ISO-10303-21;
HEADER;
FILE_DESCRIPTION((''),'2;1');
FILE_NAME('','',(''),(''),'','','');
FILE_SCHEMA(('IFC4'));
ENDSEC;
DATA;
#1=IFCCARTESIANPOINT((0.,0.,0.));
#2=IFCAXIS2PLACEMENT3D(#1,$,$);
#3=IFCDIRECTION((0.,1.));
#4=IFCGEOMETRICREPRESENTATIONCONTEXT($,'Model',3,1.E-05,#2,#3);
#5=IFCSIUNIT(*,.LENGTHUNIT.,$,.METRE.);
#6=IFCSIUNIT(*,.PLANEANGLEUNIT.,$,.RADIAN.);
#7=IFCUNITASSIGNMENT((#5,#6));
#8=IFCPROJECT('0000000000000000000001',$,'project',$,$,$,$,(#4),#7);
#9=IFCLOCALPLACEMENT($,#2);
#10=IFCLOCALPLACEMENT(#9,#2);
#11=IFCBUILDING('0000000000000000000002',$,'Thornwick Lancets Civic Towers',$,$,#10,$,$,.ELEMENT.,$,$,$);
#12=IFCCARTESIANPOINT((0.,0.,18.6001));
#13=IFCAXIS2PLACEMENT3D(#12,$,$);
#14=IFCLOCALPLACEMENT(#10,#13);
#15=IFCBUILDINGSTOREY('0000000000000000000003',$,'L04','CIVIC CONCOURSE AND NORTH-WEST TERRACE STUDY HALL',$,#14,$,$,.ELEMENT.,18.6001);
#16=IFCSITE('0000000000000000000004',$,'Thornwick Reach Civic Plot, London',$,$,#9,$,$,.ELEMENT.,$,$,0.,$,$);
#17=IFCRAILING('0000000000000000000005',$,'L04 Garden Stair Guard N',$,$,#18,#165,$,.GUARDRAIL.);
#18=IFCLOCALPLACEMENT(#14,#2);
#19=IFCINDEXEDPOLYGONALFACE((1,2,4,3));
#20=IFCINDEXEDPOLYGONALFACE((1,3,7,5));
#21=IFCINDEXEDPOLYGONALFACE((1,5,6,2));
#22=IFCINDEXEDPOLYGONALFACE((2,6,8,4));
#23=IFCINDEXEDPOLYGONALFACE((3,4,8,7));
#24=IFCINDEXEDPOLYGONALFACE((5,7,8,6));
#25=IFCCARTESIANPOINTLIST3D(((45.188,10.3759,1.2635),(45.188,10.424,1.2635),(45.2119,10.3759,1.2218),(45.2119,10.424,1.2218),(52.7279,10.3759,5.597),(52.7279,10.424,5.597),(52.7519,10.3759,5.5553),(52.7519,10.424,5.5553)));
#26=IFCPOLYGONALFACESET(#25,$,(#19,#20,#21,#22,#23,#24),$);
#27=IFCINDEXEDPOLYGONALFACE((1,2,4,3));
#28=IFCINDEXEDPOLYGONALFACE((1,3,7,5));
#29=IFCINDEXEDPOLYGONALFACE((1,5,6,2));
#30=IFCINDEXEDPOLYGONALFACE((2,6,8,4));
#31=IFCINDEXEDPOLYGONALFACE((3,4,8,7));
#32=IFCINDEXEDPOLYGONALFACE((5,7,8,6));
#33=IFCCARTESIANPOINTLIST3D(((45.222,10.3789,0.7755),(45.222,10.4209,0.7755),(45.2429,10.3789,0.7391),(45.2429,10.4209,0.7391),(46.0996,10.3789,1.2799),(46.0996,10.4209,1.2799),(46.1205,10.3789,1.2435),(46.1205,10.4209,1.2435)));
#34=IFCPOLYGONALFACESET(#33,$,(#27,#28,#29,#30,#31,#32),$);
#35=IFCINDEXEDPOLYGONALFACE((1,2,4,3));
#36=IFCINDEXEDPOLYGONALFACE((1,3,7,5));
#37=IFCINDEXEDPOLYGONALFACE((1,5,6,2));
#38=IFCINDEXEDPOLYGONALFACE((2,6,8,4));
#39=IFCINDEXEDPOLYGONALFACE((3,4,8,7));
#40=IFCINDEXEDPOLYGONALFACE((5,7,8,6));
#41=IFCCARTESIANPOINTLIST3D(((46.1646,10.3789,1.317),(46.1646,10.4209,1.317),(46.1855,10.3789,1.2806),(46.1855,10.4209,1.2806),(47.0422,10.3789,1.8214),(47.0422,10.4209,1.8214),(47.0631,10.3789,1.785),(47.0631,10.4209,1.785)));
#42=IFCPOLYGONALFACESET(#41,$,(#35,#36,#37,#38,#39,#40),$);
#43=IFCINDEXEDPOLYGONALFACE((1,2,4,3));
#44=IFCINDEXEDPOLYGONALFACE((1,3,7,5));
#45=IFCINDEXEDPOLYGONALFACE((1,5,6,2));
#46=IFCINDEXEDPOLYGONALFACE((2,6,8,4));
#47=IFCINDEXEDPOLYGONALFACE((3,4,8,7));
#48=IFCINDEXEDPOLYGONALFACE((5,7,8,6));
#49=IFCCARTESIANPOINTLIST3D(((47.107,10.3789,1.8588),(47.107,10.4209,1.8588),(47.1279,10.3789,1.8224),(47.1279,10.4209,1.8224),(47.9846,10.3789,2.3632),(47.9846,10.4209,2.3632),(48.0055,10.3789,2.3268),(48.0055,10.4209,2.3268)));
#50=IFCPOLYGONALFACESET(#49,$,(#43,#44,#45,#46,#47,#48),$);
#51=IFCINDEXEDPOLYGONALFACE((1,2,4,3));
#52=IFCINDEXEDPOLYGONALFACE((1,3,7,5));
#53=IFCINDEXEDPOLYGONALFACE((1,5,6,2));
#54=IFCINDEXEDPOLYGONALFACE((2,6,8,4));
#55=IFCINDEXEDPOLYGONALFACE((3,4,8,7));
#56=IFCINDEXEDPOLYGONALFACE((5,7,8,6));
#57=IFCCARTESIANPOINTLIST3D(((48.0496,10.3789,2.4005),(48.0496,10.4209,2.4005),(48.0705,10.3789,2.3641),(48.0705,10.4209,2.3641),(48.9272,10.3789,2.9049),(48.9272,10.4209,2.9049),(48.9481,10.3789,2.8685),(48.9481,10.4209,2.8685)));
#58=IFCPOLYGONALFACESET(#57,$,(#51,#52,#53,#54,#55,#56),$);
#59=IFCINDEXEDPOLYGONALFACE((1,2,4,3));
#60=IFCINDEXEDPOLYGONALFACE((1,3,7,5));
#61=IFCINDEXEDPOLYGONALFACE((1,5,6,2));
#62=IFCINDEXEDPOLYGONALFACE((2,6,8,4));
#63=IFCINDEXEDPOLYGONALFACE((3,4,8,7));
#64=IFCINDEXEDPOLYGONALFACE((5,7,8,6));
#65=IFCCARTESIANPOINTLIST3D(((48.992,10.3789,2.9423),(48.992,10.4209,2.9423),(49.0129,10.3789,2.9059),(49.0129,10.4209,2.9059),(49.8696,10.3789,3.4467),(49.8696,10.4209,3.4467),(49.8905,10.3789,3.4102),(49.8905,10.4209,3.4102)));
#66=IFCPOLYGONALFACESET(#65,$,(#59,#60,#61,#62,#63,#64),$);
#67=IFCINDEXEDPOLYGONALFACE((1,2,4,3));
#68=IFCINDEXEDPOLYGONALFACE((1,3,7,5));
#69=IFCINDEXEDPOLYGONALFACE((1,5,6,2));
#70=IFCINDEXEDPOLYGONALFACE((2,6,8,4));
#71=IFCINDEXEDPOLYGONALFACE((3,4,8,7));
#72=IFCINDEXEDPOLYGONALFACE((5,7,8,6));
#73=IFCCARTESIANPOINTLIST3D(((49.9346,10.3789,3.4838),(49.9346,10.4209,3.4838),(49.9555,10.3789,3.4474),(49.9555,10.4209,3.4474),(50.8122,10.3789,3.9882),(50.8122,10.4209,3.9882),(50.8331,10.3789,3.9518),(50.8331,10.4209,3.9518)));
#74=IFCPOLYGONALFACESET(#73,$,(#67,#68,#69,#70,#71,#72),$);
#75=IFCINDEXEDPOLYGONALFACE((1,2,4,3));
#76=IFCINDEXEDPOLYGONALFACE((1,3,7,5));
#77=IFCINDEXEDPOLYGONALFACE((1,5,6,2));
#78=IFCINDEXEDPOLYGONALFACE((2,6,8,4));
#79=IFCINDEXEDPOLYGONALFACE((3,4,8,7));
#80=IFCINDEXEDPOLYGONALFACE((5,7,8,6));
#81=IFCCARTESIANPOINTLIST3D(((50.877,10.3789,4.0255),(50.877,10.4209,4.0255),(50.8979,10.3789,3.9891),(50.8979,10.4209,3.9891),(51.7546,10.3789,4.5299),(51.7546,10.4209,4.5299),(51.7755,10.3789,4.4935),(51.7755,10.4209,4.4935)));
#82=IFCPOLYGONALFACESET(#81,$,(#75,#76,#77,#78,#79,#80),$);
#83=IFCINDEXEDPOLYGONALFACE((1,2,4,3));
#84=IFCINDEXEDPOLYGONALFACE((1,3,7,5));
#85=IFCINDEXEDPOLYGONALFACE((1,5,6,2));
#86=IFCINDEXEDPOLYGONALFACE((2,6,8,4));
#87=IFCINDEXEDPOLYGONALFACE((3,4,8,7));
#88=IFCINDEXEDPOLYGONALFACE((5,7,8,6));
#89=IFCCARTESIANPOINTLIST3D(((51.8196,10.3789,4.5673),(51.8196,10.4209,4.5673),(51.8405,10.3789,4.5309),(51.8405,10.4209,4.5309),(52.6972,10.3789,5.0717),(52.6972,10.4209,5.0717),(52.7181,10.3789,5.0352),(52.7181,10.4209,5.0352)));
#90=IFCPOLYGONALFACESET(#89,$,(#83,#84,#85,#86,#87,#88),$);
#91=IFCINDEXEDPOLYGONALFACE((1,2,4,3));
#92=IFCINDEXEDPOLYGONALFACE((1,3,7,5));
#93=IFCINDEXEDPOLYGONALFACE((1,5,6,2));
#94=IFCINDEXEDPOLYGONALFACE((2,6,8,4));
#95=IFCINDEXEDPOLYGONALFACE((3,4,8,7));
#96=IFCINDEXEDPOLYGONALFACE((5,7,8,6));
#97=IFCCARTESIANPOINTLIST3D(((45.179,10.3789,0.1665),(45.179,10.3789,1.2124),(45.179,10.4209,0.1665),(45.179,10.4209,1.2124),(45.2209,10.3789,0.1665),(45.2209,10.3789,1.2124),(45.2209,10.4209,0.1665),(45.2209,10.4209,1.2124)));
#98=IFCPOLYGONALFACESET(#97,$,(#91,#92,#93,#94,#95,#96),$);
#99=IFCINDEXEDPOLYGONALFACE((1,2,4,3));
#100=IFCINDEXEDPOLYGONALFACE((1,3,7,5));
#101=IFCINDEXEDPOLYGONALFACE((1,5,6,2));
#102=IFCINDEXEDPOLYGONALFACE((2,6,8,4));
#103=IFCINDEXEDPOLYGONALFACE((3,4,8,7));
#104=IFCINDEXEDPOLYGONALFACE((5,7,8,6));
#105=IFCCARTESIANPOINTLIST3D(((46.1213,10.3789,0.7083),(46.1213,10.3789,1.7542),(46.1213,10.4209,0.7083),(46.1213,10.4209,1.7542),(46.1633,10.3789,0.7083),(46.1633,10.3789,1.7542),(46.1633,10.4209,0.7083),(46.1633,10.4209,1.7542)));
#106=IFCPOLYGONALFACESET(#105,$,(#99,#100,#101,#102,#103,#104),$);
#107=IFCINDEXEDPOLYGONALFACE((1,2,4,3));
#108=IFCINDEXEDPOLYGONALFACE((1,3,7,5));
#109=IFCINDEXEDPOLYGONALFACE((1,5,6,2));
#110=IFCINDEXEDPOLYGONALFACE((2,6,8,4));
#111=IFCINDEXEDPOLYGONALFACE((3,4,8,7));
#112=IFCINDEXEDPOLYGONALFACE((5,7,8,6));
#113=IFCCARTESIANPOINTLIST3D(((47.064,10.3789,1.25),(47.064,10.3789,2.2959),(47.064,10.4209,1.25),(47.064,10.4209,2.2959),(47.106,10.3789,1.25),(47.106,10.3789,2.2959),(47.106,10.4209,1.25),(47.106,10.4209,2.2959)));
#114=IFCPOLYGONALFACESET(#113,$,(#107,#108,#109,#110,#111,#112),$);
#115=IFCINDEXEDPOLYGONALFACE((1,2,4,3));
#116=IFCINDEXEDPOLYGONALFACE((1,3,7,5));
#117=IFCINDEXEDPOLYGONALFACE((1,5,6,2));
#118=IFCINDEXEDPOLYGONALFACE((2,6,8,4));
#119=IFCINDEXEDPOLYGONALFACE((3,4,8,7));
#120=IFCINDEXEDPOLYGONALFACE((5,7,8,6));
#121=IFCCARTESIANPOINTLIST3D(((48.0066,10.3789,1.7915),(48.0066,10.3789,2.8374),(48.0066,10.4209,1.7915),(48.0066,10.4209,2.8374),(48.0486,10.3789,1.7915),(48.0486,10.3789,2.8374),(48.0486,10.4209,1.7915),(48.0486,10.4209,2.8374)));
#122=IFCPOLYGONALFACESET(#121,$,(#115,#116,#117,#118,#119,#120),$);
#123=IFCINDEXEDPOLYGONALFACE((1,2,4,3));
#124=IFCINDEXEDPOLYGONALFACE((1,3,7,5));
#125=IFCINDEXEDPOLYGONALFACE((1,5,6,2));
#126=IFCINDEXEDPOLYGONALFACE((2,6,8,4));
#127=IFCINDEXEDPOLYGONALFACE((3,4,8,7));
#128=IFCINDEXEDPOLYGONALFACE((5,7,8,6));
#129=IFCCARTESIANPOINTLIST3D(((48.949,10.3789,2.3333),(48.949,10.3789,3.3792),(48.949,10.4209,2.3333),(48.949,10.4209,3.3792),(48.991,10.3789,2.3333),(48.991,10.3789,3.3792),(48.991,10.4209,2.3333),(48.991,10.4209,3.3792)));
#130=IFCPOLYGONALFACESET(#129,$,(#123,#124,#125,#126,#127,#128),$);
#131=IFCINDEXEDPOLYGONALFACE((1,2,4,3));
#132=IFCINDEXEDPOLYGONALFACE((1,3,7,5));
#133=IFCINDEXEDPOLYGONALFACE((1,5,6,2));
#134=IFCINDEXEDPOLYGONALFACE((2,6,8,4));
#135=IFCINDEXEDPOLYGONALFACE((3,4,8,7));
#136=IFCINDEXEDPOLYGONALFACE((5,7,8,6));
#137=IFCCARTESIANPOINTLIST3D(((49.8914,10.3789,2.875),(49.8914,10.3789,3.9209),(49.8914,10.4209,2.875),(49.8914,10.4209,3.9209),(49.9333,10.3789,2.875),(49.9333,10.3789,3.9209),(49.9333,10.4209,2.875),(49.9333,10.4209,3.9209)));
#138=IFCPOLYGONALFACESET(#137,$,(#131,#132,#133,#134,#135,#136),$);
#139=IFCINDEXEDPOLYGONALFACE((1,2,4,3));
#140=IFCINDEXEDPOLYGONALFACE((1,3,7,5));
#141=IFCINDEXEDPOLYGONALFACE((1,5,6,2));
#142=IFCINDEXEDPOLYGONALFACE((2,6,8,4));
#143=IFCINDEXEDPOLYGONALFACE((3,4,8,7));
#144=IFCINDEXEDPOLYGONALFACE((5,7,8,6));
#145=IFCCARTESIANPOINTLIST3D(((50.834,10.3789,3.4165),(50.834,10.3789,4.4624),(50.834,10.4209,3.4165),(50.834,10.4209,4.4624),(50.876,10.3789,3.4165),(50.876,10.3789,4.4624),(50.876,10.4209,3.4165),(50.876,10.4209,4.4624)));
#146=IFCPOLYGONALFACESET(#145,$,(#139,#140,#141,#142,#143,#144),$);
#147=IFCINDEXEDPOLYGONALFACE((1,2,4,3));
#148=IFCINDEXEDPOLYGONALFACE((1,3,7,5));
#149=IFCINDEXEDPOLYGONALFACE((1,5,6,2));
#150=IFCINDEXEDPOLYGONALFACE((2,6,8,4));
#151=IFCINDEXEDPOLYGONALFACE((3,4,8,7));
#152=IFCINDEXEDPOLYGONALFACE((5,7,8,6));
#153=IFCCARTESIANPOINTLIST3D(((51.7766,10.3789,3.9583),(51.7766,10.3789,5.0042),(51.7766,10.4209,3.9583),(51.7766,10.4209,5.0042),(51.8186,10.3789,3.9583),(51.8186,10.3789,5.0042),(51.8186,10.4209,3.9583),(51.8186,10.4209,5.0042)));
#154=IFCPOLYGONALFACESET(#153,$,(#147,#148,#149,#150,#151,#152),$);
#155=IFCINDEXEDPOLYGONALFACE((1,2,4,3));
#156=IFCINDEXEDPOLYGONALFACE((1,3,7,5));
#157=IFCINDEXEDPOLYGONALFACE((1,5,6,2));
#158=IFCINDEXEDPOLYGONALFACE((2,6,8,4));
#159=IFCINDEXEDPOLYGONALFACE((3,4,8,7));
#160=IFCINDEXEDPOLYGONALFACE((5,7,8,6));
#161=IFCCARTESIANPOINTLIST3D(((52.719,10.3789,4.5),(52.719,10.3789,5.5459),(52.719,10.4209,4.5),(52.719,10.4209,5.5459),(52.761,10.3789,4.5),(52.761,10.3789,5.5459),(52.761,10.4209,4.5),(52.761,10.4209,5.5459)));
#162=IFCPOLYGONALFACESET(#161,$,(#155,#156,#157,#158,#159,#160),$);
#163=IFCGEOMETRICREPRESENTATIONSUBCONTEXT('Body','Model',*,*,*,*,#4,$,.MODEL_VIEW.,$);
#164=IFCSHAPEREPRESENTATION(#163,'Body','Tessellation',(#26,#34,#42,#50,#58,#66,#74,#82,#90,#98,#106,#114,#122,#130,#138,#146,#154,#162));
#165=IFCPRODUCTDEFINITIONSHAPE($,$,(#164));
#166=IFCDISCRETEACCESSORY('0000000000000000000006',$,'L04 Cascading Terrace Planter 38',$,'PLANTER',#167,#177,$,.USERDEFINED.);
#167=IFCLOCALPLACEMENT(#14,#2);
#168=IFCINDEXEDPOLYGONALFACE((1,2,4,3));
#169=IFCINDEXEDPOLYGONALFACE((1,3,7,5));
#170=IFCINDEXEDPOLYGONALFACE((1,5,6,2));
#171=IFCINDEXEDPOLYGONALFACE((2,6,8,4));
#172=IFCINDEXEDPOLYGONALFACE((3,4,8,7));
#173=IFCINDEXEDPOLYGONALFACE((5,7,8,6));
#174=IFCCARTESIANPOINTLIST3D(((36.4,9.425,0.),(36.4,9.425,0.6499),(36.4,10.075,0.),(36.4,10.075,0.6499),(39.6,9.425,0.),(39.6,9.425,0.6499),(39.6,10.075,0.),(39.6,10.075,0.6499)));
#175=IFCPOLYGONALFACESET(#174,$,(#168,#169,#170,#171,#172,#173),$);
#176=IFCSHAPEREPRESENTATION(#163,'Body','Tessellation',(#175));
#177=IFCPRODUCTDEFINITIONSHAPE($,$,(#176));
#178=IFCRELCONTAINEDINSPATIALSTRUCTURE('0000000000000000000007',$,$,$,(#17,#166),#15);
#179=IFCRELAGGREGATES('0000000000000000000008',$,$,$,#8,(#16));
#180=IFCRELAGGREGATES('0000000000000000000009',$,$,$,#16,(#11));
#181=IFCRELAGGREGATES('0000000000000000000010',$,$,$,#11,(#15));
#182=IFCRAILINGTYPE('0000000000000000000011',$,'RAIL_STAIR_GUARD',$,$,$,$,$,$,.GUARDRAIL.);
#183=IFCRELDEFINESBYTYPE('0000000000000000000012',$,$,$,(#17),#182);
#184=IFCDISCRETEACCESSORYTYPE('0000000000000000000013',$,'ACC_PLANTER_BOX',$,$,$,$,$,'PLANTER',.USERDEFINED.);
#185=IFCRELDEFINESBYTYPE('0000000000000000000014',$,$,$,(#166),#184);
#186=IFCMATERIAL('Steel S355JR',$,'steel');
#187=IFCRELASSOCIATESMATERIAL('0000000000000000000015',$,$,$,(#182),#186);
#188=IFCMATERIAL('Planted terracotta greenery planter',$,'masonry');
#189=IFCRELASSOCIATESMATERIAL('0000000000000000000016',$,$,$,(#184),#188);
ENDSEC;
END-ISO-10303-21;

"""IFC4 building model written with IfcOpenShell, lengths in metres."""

from ifc_helpers import new_model, si_unit, direction, frame, origin, origin_2d, place, context, subcontext, project, spatial, rectangle, extrude, material, type_object, element, save


model = new_model("IFC4")

# Units and contexts
model_context = context("Model", 3, precision=1e-05, world=origin(), true_north=direction((0.0, 1.0)))
body_context = subcontext(model_context, "Body", "Model", "MODEL_VIEW")
ifc_project = project(units=[si_unit("LENGTHUNIT", "METRE"), si_unit("PLANEANGLEUNIT", "RADIAN")], contexts=[model_context])

# Site, building, storey
site_placement = place(None, origin())
site = spatial("IfcSite", under=ifc_project, at=site_placement, Name="Thornwick Reach Civic Plot, London", CompositionType="ELEMENT", RefElevation=0.0)
building_placement = place(site_placement, origin())
building = spatial("IfcBuilding", under=site, at=building_placement, Name="Thornwick Lancets Civic Towers", CompositionType="ELEMENT")
storey_placement = place(building_placement, frame((0.0, 0.0, 18.6001)))
storey = spatial("IfcBuildingStorey", under=building, at=storey_placement, Name="L04", Description="CIVIC CONCOURSE AND NORTH-WEST TERRACE STUDY HALL", CompositionType="ELEMENT", Elevation=18.6001)

# Shared definitions
ifc_material_1 = material(Name="Steel S355JR", Category="steel")

# Railing
railing_type = type_object("IfcRailingType", Name="RAIL_STAIR_GUARD", PredefinedType="GUARDRAIL", material=ifc_material_1)
railing_1_placement = place(storey_placement, frame((45.2, 10.3999, 0.1665)))
element("IfcRailing", 1, at=railing_1_placement, inside=storey, type_object=railing_type, Name="L04 Garden Stair Guard N", PredefinedType="GUARDRAIL", context=body_context, shape_type="SweptSolid", body=[
    extrude(rectangle(XDim=0.0481, YDim=0.0481, at=origin_2d()), frame((0.0, 0.0, 1.0762), z_axis=(0.867007, 0.0, 0.498296), x_axis=(0.0, 1.0, 0.0)), (0.0, 0.0, 1.0), 8.6965),
    extrude(rectangle(XDim=0.042, YDim=0.042, at=origin_2d()), frame((0.0325, 0.0, 0.5908), z_axis=(0.867007, 0.0, 0.498296), x_axis=(0.0, 1.0, 0.0)), (0.0, 0.0, 1.0), 1.0122),
    extrude(rectangle(XDim=0.042, YDim=0.042, at=origin_2d()), frame((0.9751, 0.0, 1.1323), z_axis=(0.867007, 0.0, 0.498296), x_axis=(0.0, 1.0, 0.0)), (0.0, 0.0, 1.0), 1.0122),
    extrude(rectangle(XDim=0.042, YDim=0.042, at=origin_2d()), frame((1.9175, 0.0, 1.6741), z_axis=(0.867007, 0.0, 0.498296), x_axis=(0.0, 1.0, 0.0)), (0.0, 0.0, 1.0), 1.0122),
    extrude(rectangle(XDim=0.042, YDim=0.042, at=origin_2d()), frame((2.8601, 0.0, 2.2158), z_axis=(0.867007, 0.0, 0.498296), x_axis=(0.0, 1.0, 0.0)), (0.0, 0.0, 1.0), 1.0122),
    extrude(rectangle(XDim=0.042, YDim=0.042, at=origin_2d()), frame((3.8025, 0.0, 2.7576), z_axis=(0.867007, 0.0, 0.498296), x_axis=(0.0, 1.0, 0.0)), (0.0, 0.0, 1.0), 1.0122),
    extrude(rectangle(XDim=0.042, YDim=0.042, at=origin_2d()), frame((4.7451, 0.0, 3.2991), z_axis=(0.867007, 0.0, 0.498296), x_axis=(0.0, 1.0, 0.0)), (0.0, 0.0, 1.0), 1.0122),
    extrude(rectangle(XDim=0.042, YDim=0.042, at=origin_2d()), frame((5.6875, 0.0, 3.8408), z_axis=(0.867007, 0.0, 0.498296), x_axis=(0.0, 1.0, 0.0)), (0.0, 0.0, 1.0), 1.0122),
    extrude(rectangle(XDim=0.042, YDim=0.042, at=origin_2d()), frame((6.6301, 0.0, 4.3826), z_axis=(0.867007, 0.0, 0.498296), x_axis=(0.0, 1.0, 0.0)), (0.0, 0.0, 1.0), 1.0122),
    extrude(rectangle(XDim=0.042, YDim=0.042, at=origin_2d()), origin(), (0.0, 0.0, 1.0), 1.0459),
    extrude(rectangle(XDim=0.042, YDim=0.042, at=origin_2d()), frame((0.9424, 0.0, 0.5417)), (0.0, 0.0, 1.0), 1.0459),
    extrude(rectangle(XDim=0.042, YDim=0.042, at=origin_2d()), frame((1.885, 0.0, 1.0835)), (0.0, 0.0, 1.0), 1.0459),
    extrude(rectangle(XDim=0.042, YDim=0.042, at=origin_2d()), frame((2.8276, 0.0, 1.625)), (0.0, 0.0, 1.0), 1.0459),
    extrude(rectangle(XDim=0.042, YDim=0.042, at=origin_2d()), frame((3.77, 0.0, 2.1667)), (0.0, 0.0, 1.0), 1.0459),
    extrude(rectangle(XDim=0.042, YDim=0.042, at=origin_2d()), frame((4.7124, 0.0, 2.7085)), (0.0, 0.0, 1.0), 1.0459),
    extrude(rectangle(XDim=0.042, YDim=0.042, at=origin_2d()), frame((5.655, 0.0, 3.25)), (0.0, 0.0, 1.0), 1.0459),
    extrude(rectangle(XDim=0.042, YDim=0.042, at=origin_2d()), frame((6.5977, 0.0, 3.7917)), (0.0, 0.0, 1.0), 1.0459),
    extrude(rectangle(XDim=0.042, YDim=0.042, at=origin_2d()), frame((7.54, 0.0, 4.3335)), (0.0, 0.0, 1.0), 1.0459),
])

# Discrete accessory
ifc_material_2 = material(Name="Planted terracotta greenery planter", Category="masonry")
discrete_accessory_type = type_object("IfcDiscreteAccessoryType", Name="ACC_PLANTER_BOX", ElementType="PLANTER", PredefinedType="USERDEFINED", material=ifc_material_2)
discrete_accessory_placement = place(storey_placement, frame((38.0, 9.75, 0.0), z_axis=(0.0, 0.0, 1.0), x_axis=(1.0, 0.0, 0.0)))
element("IfcDiscreteAccessory", 2, at=discrete_accessory_placement, inside=storey, type_object=discrete_accessory_type, Name="L04 Cascading Terrace Planter 38", ObjectType="PLANTER", PredefinedType="USERDEFINED", context=body_context, shape_type="SweptSolid", body=[
    extrude(rectangle(XDim=3.2, YDim=0.6499, at=origin_2d()), origin(), (0.0, 0.0, 1.0), 0.6499),
])

save(model, "model.ifc")
